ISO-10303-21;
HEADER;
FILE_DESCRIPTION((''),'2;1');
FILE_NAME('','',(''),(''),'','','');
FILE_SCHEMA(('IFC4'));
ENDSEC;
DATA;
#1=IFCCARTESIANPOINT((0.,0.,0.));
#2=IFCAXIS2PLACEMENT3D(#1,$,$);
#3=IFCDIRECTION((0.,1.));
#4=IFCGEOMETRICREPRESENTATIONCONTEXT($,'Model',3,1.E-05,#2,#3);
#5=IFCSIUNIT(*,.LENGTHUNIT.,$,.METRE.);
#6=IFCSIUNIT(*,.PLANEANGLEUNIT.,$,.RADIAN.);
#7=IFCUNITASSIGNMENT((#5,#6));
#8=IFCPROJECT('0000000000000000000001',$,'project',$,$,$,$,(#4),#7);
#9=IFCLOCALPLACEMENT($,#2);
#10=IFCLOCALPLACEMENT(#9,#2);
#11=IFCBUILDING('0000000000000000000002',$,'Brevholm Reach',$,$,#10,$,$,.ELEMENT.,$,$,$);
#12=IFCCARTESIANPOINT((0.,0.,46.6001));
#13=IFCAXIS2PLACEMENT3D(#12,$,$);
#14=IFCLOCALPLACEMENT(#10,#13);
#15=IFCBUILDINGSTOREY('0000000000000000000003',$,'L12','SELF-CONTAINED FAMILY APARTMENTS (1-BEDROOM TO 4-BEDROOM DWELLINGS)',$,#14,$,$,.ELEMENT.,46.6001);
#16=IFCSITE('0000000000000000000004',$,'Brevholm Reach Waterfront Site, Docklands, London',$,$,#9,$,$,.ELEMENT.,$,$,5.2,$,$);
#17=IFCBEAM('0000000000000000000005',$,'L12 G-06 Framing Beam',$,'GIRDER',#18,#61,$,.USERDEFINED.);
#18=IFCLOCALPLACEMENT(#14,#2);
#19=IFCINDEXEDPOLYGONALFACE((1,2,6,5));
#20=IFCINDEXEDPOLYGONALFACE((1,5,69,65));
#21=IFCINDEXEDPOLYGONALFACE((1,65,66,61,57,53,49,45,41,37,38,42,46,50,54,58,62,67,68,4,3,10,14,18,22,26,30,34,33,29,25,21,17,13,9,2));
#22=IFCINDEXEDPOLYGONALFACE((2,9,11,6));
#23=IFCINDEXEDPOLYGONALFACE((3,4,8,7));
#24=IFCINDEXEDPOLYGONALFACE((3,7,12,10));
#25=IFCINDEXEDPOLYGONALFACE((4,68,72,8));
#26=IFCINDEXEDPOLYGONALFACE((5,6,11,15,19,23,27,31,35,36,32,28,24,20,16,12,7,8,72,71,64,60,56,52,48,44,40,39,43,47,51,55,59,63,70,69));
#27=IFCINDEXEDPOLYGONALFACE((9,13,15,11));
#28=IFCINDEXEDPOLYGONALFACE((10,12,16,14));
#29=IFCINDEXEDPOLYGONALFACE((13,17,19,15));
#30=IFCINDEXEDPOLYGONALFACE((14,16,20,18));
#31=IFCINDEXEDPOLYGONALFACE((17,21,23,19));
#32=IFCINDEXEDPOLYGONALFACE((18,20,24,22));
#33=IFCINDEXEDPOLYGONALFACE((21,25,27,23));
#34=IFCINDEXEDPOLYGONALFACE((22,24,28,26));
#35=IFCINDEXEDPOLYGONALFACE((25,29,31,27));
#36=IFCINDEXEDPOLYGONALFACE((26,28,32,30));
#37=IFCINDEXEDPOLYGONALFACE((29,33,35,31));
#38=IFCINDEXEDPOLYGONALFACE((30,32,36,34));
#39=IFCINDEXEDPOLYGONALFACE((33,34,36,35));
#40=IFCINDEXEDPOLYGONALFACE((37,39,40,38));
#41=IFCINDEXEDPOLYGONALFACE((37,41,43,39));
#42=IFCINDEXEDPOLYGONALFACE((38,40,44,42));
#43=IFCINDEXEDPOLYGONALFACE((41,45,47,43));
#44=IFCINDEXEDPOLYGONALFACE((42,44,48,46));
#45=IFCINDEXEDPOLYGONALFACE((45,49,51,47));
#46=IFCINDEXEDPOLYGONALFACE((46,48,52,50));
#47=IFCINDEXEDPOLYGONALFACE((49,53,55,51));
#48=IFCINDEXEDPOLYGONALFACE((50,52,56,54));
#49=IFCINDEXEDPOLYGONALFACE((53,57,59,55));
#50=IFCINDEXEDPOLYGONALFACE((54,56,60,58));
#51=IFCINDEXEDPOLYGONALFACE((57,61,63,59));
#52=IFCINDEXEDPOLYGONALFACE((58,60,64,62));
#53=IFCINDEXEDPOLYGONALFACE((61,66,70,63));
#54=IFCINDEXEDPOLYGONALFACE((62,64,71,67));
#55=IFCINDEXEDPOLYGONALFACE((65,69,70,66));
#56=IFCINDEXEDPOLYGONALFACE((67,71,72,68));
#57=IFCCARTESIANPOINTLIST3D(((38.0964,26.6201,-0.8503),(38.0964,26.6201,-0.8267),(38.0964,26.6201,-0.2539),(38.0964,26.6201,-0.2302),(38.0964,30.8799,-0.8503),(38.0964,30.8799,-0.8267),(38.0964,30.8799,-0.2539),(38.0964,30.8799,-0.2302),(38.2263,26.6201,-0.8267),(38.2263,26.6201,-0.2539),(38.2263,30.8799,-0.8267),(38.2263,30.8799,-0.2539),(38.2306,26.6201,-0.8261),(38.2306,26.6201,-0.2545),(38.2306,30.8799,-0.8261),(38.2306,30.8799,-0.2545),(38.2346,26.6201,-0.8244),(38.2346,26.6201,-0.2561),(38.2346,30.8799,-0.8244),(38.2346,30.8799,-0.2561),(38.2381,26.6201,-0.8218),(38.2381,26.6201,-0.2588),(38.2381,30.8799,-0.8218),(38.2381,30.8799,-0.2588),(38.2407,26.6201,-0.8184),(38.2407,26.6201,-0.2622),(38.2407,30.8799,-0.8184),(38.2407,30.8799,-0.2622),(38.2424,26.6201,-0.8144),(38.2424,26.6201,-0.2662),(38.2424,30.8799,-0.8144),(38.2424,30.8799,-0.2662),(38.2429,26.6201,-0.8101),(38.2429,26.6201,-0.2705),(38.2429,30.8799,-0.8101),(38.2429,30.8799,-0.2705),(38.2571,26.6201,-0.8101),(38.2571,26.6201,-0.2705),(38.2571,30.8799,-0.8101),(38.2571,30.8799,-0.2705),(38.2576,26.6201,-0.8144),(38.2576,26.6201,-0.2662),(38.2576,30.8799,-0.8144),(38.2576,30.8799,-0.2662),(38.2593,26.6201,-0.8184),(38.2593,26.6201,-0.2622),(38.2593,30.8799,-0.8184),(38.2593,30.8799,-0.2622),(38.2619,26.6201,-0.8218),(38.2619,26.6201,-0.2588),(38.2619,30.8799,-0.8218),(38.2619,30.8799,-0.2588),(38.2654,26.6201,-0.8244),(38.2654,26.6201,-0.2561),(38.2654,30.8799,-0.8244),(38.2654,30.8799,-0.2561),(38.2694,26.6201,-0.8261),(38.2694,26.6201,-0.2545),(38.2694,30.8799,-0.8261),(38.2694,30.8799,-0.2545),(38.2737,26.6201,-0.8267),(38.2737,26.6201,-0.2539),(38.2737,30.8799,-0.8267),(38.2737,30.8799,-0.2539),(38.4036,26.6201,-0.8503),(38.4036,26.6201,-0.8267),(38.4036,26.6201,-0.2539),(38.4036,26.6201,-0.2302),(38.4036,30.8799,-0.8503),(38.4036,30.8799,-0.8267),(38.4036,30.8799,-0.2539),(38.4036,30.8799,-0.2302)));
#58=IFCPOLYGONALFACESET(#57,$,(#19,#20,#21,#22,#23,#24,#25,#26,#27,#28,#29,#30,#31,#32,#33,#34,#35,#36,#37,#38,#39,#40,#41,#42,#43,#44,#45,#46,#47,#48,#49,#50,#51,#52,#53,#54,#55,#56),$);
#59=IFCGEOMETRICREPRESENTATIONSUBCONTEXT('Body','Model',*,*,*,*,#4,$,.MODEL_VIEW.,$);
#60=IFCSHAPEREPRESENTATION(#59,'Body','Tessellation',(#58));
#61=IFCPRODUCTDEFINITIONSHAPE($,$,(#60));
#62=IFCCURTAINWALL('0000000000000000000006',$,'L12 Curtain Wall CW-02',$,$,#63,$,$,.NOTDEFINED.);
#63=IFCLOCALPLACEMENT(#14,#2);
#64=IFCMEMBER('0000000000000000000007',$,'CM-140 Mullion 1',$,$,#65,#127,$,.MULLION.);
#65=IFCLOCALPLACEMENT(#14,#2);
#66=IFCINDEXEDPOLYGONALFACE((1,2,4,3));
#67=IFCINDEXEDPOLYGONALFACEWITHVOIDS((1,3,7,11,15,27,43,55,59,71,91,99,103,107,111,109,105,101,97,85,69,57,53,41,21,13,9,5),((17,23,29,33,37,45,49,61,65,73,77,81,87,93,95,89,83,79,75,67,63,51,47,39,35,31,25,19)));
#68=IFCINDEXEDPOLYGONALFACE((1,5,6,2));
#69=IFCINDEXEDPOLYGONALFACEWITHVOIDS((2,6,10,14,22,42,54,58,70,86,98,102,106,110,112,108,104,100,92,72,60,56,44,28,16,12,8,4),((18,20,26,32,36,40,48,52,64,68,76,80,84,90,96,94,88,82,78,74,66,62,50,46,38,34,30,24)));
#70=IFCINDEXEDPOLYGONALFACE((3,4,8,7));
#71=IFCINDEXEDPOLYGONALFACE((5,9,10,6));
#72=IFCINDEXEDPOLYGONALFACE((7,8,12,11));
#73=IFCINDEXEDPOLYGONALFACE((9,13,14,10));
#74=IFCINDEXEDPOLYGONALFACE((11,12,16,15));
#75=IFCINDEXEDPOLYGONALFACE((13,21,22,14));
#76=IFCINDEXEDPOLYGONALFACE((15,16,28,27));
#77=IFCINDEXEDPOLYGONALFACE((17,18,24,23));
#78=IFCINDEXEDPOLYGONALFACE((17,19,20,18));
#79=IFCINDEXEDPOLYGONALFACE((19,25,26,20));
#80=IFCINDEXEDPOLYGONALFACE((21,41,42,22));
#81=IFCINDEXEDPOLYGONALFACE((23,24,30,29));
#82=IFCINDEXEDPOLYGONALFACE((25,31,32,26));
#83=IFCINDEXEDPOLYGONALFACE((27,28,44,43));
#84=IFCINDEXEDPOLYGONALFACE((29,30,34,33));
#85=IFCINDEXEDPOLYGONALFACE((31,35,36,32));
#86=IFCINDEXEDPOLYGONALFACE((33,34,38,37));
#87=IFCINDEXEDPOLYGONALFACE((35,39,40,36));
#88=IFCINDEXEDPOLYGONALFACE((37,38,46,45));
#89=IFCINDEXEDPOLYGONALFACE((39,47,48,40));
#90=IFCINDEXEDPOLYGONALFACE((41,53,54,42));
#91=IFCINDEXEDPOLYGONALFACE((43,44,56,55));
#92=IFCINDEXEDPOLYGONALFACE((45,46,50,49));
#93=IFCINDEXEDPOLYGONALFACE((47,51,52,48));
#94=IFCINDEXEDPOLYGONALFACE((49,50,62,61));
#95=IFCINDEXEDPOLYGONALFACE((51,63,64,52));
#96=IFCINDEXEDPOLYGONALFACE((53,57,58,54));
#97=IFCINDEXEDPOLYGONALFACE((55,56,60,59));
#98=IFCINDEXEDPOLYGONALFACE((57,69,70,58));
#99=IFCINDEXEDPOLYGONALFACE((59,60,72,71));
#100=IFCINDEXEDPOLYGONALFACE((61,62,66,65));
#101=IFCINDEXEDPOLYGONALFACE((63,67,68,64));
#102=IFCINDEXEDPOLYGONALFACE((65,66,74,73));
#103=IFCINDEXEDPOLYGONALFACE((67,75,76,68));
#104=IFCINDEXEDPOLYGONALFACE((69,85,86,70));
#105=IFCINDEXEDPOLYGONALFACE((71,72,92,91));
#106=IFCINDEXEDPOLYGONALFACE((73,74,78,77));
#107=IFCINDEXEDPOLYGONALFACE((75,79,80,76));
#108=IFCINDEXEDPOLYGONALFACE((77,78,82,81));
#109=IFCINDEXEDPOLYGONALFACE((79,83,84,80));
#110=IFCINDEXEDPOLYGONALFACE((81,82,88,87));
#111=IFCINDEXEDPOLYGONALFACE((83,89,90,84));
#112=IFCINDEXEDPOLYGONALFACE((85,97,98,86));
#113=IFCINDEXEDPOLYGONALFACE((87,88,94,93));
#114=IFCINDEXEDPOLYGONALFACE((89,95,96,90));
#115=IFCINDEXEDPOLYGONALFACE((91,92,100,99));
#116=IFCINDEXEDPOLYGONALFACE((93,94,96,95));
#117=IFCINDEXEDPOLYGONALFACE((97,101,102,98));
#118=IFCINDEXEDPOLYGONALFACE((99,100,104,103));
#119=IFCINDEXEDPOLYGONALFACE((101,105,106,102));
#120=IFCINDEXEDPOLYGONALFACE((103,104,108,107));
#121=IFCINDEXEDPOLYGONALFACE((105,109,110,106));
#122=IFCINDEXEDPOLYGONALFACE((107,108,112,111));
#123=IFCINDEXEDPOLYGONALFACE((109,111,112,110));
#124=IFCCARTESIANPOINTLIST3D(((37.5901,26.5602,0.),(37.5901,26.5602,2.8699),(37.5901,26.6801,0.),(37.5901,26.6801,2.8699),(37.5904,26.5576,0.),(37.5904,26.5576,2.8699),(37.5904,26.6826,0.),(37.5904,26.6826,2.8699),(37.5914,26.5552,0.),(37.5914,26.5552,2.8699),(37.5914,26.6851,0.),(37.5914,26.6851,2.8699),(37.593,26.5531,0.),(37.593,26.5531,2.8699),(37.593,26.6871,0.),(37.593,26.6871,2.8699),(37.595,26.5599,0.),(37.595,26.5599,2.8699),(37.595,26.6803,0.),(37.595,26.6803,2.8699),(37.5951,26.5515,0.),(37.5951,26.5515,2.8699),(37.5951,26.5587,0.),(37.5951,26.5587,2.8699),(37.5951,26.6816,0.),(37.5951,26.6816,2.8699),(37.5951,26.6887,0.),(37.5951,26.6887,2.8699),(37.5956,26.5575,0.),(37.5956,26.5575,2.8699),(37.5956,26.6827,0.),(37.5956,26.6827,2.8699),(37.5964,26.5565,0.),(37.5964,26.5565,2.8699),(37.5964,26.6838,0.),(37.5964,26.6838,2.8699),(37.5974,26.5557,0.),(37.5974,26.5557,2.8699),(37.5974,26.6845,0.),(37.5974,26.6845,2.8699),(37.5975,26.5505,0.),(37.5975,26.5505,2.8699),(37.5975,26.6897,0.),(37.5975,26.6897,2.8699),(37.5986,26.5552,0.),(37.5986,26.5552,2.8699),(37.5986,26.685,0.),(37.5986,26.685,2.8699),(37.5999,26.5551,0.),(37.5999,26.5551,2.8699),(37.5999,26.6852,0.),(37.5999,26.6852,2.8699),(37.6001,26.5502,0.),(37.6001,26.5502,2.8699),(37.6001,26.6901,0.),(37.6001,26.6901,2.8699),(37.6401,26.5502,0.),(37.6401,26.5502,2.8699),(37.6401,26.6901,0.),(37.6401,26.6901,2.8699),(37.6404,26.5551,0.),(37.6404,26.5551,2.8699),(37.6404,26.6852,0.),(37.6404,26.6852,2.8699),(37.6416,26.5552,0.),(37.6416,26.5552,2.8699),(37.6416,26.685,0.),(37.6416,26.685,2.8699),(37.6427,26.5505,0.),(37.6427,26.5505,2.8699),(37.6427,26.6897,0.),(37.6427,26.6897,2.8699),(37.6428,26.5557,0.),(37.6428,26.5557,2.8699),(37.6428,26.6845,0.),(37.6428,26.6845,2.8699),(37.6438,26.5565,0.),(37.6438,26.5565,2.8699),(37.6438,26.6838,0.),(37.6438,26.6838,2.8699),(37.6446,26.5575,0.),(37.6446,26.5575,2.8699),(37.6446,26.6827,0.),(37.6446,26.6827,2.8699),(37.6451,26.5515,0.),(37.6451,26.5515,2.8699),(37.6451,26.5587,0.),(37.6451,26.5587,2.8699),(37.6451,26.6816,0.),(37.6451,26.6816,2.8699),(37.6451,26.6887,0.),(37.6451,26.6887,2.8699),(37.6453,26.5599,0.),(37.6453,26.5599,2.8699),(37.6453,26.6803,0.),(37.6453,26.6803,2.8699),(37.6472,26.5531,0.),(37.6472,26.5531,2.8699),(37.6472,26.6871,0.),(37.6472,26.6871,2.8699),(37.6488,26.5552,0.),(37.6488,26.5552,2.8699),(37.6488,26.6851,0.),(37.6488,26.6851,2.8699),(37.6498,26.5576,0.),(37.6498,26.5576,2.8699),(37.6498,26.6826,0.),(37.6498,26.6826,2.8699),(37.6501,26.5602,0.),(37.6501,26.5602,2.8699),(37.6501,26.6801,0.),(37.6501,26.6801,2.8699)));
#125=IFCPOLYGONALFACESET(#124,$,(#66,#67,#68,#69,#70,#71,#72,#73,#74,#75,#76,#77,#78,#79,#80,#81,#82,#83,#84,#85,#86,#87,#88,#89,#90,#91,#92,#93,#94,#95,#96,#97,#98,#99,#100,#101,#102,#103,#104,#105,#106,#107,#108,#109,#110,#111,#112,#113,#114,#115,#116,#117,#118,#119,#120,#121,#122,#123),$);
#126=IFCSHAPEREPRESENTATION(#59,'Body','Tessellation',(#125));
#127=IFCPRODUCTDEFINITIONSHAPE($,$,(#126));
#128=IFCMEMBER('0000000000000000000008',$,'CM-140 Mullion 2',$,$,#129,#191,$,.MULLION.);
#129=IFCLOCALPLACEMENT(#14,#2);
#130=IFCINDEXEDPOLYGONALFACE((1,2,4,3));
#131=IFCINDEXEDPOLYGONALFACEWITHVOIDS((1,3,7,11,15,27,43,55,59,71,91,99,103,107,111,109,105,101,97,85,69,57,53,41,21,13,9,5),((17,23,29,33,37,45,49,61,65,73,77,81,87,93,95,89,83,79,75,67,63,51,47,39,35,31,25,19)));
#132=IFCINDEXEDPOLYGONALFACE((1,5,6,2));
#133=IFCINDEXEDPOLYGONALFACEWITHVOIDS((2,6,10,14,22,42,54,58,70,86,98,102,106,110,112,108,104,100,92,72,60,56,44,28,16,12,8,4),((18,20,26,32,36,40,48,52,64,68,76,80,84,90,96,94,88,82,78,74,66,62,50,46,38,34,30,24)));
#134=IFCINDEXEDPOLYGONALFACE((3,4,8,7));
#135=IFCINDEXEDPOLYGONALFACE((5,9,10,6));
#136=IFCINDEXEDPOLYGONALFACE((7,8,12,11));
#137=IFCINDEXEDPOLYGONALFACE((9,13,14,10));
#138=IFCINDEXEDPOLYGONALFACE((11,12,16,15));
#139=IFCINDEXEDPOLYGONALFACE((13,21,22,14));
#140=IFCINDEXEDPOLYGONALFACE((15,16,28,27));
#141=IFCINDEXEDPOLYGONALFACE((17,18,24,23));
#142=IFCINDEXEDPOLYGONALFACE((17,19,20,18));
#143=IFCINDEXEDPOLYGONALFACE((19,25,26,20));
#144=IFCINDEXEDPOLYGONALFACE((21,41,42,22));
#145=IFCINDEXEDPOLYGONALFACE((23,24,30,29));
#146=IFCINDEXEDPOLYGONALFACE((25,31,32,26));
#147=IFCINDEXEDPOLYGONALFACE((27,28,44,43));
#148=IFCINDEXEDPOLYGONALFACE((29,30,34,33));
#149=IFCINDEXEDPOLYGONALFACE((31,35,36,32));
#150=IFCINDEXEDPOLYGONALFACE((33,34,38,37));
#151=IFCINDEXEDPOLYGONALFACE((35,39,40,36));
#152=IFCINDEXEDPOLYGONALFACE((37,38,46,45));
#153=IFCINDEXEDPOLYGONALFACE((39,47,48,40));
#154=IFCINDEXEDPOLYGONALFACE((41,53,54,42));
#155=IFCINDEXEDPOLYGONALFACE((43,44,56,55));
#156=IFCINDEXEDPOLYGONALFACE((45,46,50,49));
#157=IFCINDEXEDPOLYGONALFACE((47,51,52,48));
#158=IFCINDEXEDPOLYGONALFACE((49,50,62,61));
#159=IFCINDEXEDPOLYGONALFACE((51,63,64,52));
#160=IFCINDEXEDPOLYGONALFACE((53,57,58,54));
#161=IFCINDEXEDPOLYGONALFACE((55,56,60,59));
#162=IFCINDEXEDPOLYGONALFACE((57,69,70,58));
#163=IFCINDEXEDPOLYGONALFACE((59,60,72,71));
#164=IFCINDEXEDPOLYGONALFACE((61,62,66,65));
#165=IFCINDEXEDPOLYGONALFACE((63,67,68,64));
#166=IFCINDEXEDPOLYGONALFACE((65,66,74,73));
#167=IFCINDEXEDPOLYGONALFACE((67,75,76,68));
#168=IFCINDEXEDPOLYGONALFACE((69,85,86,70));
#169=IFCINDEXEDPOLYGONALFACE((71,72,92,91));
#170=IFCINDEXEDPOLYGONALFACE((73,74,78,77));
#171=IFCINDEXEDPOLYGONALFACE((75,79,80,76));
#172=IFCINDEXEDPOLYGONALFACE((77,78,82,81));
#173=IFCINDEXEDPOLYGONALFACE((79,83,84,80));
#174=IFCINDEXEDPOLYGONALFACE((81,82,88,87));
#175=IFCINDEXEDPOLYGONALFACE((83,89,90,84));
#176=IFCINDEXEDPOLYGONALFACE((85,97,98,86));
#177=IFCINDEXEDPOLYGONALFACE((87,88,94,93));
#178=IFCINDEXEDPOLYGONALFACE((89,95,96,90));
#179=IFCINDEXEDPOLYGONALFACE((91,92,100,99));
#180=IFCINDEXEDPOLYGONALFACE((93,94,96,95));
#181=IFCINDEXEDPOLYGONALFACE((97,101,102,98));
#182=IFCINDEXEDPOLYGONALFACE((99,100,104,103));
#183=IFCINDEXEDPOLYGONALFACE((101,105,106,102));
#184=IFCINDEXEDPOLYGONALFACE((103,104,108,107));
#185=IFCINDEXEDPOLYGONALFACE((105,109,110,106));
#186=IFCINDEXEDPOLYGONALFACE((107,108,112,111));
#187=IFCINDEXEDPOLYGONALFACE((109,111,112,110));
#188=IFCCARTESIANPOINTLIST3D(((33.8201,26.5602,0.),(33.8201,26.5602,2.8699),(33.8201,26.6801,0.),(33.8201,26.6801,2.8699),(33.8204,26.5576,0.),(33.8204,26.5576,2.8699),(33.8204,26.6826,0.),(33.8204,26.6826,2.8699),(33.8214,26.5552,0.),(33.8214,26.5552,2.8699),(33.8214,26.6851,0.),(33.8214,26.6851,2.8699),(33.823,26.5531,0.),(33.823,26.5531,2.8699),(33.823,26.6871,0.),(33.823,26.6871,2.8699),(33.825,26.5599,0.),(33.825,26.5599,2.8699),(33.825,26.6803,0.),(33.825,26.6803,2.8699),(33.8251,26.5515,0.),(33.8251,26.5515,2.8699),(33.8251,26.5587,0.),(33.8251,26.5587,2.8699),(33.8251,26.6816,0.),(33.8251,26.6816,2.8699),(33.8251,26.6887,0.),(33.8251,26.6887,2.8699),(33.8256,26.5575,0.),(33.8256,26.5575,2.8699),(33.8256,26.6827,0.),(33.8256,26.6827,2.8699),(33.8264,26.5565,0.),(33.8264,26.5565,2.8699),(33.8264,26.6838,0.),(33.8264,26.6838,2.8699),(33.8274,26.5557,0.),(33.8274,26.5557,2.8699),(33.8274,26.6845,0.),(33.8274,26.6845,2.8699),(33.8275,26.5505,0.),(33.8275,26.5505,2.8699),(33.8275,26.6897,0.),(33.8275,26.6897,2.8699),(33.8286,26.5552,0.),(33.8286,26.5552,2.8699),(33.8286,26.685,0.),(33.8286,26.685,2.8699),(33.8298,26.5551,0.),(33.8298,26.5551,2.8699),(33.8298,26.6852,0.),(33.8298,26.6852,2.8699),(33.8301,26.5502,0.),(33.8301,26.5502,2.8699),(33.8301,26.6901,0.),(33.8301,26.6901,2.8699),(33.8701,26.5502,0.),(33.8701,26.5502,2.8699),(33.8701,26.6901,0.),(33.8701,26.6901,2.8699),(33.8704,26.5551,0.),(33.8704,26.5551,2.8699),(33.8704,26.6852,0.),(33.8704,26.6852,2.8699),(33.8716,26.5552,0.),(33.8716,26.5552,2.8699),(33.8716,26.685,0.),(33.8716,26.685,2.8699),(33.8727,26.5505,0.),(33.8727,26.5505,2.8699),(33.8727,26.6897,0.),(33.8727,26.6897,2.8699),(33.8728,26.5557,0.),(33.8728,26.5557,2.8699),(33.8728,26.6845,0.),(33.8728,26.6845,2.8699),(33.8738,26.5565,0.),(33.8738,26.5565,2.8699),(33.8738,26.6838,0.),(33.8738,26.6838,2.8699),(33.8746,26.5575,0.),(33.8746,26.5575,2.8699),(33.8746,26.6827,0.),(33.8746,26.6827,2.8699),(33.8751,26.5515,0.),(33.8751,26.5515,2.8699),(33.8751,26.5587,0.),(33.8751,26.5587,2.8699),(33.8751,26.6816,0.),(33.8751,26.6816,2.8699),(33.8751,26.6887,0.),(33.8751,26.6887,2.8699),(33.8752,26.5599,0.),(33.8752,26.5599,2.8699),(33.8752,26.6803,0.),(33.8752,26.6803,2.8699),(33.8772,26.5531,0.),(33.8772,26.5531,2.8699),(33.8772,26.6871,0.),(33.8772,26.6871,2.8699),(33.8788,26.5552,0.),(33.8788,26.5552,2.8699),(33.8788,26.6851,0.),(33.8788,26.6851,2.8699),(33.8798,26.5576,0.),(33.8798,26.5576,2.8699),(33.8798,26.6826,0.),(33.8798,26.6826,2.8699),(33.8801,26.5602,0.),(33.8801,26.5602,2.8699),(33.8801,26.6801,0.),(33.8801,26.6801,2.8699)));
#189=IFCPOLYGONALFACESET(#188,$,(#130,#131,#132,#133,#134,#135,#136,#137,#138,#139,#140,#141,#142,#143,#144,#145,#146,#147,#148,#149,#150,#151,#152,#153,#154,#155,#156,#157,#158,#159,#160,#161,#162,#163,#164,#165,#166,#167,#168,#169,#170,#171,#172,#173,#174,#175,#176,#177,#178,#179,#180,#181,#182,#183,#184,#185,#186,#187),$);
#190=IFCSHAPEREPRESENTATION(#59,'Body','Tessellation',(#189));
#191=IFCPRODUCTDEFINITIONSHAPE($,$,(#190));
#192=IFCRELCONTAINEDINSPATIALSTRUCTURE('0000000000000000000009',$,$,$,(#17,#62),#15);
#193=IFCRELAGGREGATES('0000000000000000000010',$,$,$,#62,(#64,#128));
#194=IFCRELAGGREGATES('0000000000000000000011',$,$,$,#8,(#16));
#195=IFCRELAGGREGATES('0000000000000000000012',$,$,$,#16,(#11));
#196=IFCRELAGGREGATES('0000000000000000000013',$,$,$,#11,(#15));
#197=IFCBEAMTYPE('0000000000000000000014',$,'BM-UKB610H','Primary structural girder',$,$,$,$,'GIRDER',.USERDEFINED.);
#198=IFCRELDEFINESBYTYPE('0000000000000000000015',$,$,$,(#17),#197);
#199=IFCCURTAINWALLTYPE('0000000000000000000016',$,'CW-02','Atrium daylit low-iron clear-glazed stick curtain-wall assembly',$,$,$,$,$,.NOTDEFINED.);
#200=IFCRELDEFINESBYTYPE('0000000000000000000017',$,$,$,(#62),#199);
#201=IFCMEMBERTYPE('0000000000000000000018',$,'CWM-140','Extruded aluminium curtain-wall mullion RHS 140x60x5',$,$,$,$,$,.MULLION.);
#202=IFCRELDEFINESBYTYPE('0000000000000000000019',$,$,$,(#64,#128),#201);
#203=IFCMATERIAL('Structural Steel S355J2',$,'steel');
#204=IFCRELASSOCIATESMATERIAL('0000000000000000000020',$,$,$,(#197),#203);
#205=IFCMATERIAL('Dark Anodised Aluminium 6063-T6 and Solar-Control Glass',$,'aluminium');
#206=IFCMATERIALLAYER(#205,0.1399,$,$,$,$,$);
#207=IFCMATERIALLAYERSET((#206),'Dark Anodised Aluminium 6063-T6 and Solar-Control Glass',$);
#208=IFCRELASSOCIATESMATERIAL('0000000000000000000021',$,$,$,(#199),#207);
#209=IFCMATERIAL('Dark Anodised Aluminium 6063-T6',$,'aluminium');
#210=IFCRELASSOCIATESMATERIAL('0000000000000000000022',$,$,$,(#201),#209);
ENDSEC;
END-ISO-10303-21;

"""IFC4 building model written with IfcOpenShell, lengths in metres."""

from ifc_helpers import new_model, si_unit, direction, frame, origin, origin_2d, place, context, subcontext, project, spatial, hollow_rectangle, i_section, extrude, material, layer, layer_set, material_profile, profile_set, type_object, element, aggregate, save


model = new_model("IFC4")

# Units and contexts
model_context = context("Model", 3, precision=1e-05, world=origin(), true_north=direction((0.0, 1.0)))
body_context = subcontext(model_context, "Body", "Model", "MODEL_VIEW")
ifc_project = project(units=[si_unit("LENGTHUNIT", "METRE"), si_unit("PLANEANGLEUNIT", "RADIAN")], contexts=[model_context])

# Site, building, storey
site_placement = place(None, origin())
site = spatial("IfcSite", under=ifc_project, at=site_placement, Name="Brevholm Reach Waterfront Site, Docklands, London", CompositionType="ELEMENT", RefElevation=5.2)
building_placement = place(site_placement, origin())
building = spatial("IfcBuilding", under=site, at=building_placement, Name="Brevholm Reach", CompositionType="ELEMENT")
storey_placement = place(building_placement, frame((0.0, 0.0, 46.6001)))
storey = spatial("IfcBuildingStorey", under=building, at=storey_placement, Name="L12", Description="SELF-CONTAINED FAMILY APARTMENTS (1-BEDROOM TO 4-BEDROOM DWELLINGS)", CompositionType="ELEMENT", Elevation=46.6001)

# Beam
ifc_material_1 = material(Name="Structural Steel S355J2", Category="steel")
ifc_material_profile_1 = material_profile(ifc_material_1, i_section(OverallWidth=0.3071, OverallDepth=0.6201, WebThickness=0.0142, FlangeThickness=0.0237, FilletRadius=0.0166, at=origin_2d()), Name="UKB 610x305x179")
ifc_profile_set_1 = profile_set([ifc_material_profile_1], Name="Structural Steel S355J2")
beam_type_1 = type_object("IfcBeamType", Name="BM-UKB610H", Description="Primary structural girder", ElementType="GIRDER", PredefinedType="USERDEFINED", material=ifc_profile_set_1)
beam_1_placement = place(storey_placement, frame((38.25, 26.6201, -0.5403), z_axis=(0.0, 1.0, 0.0), x_axis=(-1.0, 0.0, 0.0)))
element("IfcBeam", 1, at=beam_1_placement, inside=storey, type_object=beam_type_1, Name="L12 G-06 Framing Beam", ObjectType="GIRDER", PredefinedType="USERDEFINED", context=body_context, shape_type="SweptSolid", body=[
    extrude(i_section(OverallWidth=0.3071, OverallDepth=0.6201, WebThickness=0.0142, FlangeThickness=0.0237, FilletRadius=0.0166, at=origin_2d()), origin(), (0.0, 0.0, 1.0), 4.2598),
])

# Curtain wall, members
ifc_material_2 = material(Name="Dark Anodised Aluminium 6063-T6 and Solar-Control Glass", Category="aluminium")
ifc_layer_1 = layer(ifc_material_2, 0.1399)
ifc_layer_set_1 = layer_set([ifc_layer_1], Name="Dark Anodised Aluminium 6063-T6 and Solar-Control Glass")
curtain_wall_type_1 = type_object("IfcCurtainWallType", Name="CW-02", Description="Atrium daylit low-iron clear-glazed stick curtain-wall assembly", PredefinedType="NOTDEFINED", material=ifc_layer_set_1)
curtain_wall_1_placement = place(storey_placement, origin())
curtain_wall_1 = element("IfcCurtainWall", 2, at=curtain_wall_1_placement, inside=storey, type_object=curtain_wall_type_1, Name="L12 Curtain Wall CW-02", PredefinedType="NOTDEFINED")
ifc_material_3 = material(Name="Dark Anodised Aluminium 6063-T6", Category="aluminium")
ifc_material_profile_2 = material_profile(ifc_material_3, hollow_rectangle(XDim=0.0601, YDim=0.1399, WallThickness=0.0049, InnerFilletRadius=0.0049, OuterFilletRadius=0.01, at=origin_2d()), Name="RHS 140x60x5")
ifc_profile_set_2 = profile_set([ifc_material_profile_2], Name="Dark Anodised Aluminium 6063-T6")
member_type_1 = type_object("IfcMemberType", Name="CWM-140", Description="Extruded aluminium curtain-wall mullion RHS 140x60x5", PredefinedType="MULLION", material=ifc_profile_set_2)
member_1_placement = place(storey_placement, frame((37.6201, 26.6201, 0.0), z_axis=(0.0, 0.0, 1.0), x_axis=(-1.0, 0.0, 0.0)))
member_1 = element("IfcMember", 3, at=member_1_placement, type_object=member_type_1, Name="CM-140 Mullion 1", PredefinedType="MULLION", context=body_context, shape_type="SweptSolid", body=[
    extrude(hollow_rectangle(XDim=0.0601, YDim=0.1399, WallThickness=0.0049, InnerFilletRadius=0.0049, OuterFilletRadius=0.01, at=origin_2d()), origin(), (0.0, 0.0, 1.0), 2.8699),
])
member_2_placement = place(storey_placement, frame((33.8501, 26.6201, 0.0), z_axis=(0.0, 0.0, 1.0), x_axis=(-1.0, 0.0, 0.0)))
member_2 = element("IfcMember", 4, at=member_2_placement, type_object=member_type_1, Name="CM-140 Mullion 2", PredefinedType="MULLION", context=body_context, shape_type="SweptSolid", body=[
    extrude(hollow_rectangle(XDim=0.0601, YDim=0.1399, WallThickness=0.0049, InnerFilletRadius=0.0049, OuterFilletRadius=0.01, at=origin_2d()), origin(), (0.0, 0.0, 1.0), 2.8699),
])

aggregate(curtain_wall_1, [member_1, member_2])

save(model, "model.ifc")
